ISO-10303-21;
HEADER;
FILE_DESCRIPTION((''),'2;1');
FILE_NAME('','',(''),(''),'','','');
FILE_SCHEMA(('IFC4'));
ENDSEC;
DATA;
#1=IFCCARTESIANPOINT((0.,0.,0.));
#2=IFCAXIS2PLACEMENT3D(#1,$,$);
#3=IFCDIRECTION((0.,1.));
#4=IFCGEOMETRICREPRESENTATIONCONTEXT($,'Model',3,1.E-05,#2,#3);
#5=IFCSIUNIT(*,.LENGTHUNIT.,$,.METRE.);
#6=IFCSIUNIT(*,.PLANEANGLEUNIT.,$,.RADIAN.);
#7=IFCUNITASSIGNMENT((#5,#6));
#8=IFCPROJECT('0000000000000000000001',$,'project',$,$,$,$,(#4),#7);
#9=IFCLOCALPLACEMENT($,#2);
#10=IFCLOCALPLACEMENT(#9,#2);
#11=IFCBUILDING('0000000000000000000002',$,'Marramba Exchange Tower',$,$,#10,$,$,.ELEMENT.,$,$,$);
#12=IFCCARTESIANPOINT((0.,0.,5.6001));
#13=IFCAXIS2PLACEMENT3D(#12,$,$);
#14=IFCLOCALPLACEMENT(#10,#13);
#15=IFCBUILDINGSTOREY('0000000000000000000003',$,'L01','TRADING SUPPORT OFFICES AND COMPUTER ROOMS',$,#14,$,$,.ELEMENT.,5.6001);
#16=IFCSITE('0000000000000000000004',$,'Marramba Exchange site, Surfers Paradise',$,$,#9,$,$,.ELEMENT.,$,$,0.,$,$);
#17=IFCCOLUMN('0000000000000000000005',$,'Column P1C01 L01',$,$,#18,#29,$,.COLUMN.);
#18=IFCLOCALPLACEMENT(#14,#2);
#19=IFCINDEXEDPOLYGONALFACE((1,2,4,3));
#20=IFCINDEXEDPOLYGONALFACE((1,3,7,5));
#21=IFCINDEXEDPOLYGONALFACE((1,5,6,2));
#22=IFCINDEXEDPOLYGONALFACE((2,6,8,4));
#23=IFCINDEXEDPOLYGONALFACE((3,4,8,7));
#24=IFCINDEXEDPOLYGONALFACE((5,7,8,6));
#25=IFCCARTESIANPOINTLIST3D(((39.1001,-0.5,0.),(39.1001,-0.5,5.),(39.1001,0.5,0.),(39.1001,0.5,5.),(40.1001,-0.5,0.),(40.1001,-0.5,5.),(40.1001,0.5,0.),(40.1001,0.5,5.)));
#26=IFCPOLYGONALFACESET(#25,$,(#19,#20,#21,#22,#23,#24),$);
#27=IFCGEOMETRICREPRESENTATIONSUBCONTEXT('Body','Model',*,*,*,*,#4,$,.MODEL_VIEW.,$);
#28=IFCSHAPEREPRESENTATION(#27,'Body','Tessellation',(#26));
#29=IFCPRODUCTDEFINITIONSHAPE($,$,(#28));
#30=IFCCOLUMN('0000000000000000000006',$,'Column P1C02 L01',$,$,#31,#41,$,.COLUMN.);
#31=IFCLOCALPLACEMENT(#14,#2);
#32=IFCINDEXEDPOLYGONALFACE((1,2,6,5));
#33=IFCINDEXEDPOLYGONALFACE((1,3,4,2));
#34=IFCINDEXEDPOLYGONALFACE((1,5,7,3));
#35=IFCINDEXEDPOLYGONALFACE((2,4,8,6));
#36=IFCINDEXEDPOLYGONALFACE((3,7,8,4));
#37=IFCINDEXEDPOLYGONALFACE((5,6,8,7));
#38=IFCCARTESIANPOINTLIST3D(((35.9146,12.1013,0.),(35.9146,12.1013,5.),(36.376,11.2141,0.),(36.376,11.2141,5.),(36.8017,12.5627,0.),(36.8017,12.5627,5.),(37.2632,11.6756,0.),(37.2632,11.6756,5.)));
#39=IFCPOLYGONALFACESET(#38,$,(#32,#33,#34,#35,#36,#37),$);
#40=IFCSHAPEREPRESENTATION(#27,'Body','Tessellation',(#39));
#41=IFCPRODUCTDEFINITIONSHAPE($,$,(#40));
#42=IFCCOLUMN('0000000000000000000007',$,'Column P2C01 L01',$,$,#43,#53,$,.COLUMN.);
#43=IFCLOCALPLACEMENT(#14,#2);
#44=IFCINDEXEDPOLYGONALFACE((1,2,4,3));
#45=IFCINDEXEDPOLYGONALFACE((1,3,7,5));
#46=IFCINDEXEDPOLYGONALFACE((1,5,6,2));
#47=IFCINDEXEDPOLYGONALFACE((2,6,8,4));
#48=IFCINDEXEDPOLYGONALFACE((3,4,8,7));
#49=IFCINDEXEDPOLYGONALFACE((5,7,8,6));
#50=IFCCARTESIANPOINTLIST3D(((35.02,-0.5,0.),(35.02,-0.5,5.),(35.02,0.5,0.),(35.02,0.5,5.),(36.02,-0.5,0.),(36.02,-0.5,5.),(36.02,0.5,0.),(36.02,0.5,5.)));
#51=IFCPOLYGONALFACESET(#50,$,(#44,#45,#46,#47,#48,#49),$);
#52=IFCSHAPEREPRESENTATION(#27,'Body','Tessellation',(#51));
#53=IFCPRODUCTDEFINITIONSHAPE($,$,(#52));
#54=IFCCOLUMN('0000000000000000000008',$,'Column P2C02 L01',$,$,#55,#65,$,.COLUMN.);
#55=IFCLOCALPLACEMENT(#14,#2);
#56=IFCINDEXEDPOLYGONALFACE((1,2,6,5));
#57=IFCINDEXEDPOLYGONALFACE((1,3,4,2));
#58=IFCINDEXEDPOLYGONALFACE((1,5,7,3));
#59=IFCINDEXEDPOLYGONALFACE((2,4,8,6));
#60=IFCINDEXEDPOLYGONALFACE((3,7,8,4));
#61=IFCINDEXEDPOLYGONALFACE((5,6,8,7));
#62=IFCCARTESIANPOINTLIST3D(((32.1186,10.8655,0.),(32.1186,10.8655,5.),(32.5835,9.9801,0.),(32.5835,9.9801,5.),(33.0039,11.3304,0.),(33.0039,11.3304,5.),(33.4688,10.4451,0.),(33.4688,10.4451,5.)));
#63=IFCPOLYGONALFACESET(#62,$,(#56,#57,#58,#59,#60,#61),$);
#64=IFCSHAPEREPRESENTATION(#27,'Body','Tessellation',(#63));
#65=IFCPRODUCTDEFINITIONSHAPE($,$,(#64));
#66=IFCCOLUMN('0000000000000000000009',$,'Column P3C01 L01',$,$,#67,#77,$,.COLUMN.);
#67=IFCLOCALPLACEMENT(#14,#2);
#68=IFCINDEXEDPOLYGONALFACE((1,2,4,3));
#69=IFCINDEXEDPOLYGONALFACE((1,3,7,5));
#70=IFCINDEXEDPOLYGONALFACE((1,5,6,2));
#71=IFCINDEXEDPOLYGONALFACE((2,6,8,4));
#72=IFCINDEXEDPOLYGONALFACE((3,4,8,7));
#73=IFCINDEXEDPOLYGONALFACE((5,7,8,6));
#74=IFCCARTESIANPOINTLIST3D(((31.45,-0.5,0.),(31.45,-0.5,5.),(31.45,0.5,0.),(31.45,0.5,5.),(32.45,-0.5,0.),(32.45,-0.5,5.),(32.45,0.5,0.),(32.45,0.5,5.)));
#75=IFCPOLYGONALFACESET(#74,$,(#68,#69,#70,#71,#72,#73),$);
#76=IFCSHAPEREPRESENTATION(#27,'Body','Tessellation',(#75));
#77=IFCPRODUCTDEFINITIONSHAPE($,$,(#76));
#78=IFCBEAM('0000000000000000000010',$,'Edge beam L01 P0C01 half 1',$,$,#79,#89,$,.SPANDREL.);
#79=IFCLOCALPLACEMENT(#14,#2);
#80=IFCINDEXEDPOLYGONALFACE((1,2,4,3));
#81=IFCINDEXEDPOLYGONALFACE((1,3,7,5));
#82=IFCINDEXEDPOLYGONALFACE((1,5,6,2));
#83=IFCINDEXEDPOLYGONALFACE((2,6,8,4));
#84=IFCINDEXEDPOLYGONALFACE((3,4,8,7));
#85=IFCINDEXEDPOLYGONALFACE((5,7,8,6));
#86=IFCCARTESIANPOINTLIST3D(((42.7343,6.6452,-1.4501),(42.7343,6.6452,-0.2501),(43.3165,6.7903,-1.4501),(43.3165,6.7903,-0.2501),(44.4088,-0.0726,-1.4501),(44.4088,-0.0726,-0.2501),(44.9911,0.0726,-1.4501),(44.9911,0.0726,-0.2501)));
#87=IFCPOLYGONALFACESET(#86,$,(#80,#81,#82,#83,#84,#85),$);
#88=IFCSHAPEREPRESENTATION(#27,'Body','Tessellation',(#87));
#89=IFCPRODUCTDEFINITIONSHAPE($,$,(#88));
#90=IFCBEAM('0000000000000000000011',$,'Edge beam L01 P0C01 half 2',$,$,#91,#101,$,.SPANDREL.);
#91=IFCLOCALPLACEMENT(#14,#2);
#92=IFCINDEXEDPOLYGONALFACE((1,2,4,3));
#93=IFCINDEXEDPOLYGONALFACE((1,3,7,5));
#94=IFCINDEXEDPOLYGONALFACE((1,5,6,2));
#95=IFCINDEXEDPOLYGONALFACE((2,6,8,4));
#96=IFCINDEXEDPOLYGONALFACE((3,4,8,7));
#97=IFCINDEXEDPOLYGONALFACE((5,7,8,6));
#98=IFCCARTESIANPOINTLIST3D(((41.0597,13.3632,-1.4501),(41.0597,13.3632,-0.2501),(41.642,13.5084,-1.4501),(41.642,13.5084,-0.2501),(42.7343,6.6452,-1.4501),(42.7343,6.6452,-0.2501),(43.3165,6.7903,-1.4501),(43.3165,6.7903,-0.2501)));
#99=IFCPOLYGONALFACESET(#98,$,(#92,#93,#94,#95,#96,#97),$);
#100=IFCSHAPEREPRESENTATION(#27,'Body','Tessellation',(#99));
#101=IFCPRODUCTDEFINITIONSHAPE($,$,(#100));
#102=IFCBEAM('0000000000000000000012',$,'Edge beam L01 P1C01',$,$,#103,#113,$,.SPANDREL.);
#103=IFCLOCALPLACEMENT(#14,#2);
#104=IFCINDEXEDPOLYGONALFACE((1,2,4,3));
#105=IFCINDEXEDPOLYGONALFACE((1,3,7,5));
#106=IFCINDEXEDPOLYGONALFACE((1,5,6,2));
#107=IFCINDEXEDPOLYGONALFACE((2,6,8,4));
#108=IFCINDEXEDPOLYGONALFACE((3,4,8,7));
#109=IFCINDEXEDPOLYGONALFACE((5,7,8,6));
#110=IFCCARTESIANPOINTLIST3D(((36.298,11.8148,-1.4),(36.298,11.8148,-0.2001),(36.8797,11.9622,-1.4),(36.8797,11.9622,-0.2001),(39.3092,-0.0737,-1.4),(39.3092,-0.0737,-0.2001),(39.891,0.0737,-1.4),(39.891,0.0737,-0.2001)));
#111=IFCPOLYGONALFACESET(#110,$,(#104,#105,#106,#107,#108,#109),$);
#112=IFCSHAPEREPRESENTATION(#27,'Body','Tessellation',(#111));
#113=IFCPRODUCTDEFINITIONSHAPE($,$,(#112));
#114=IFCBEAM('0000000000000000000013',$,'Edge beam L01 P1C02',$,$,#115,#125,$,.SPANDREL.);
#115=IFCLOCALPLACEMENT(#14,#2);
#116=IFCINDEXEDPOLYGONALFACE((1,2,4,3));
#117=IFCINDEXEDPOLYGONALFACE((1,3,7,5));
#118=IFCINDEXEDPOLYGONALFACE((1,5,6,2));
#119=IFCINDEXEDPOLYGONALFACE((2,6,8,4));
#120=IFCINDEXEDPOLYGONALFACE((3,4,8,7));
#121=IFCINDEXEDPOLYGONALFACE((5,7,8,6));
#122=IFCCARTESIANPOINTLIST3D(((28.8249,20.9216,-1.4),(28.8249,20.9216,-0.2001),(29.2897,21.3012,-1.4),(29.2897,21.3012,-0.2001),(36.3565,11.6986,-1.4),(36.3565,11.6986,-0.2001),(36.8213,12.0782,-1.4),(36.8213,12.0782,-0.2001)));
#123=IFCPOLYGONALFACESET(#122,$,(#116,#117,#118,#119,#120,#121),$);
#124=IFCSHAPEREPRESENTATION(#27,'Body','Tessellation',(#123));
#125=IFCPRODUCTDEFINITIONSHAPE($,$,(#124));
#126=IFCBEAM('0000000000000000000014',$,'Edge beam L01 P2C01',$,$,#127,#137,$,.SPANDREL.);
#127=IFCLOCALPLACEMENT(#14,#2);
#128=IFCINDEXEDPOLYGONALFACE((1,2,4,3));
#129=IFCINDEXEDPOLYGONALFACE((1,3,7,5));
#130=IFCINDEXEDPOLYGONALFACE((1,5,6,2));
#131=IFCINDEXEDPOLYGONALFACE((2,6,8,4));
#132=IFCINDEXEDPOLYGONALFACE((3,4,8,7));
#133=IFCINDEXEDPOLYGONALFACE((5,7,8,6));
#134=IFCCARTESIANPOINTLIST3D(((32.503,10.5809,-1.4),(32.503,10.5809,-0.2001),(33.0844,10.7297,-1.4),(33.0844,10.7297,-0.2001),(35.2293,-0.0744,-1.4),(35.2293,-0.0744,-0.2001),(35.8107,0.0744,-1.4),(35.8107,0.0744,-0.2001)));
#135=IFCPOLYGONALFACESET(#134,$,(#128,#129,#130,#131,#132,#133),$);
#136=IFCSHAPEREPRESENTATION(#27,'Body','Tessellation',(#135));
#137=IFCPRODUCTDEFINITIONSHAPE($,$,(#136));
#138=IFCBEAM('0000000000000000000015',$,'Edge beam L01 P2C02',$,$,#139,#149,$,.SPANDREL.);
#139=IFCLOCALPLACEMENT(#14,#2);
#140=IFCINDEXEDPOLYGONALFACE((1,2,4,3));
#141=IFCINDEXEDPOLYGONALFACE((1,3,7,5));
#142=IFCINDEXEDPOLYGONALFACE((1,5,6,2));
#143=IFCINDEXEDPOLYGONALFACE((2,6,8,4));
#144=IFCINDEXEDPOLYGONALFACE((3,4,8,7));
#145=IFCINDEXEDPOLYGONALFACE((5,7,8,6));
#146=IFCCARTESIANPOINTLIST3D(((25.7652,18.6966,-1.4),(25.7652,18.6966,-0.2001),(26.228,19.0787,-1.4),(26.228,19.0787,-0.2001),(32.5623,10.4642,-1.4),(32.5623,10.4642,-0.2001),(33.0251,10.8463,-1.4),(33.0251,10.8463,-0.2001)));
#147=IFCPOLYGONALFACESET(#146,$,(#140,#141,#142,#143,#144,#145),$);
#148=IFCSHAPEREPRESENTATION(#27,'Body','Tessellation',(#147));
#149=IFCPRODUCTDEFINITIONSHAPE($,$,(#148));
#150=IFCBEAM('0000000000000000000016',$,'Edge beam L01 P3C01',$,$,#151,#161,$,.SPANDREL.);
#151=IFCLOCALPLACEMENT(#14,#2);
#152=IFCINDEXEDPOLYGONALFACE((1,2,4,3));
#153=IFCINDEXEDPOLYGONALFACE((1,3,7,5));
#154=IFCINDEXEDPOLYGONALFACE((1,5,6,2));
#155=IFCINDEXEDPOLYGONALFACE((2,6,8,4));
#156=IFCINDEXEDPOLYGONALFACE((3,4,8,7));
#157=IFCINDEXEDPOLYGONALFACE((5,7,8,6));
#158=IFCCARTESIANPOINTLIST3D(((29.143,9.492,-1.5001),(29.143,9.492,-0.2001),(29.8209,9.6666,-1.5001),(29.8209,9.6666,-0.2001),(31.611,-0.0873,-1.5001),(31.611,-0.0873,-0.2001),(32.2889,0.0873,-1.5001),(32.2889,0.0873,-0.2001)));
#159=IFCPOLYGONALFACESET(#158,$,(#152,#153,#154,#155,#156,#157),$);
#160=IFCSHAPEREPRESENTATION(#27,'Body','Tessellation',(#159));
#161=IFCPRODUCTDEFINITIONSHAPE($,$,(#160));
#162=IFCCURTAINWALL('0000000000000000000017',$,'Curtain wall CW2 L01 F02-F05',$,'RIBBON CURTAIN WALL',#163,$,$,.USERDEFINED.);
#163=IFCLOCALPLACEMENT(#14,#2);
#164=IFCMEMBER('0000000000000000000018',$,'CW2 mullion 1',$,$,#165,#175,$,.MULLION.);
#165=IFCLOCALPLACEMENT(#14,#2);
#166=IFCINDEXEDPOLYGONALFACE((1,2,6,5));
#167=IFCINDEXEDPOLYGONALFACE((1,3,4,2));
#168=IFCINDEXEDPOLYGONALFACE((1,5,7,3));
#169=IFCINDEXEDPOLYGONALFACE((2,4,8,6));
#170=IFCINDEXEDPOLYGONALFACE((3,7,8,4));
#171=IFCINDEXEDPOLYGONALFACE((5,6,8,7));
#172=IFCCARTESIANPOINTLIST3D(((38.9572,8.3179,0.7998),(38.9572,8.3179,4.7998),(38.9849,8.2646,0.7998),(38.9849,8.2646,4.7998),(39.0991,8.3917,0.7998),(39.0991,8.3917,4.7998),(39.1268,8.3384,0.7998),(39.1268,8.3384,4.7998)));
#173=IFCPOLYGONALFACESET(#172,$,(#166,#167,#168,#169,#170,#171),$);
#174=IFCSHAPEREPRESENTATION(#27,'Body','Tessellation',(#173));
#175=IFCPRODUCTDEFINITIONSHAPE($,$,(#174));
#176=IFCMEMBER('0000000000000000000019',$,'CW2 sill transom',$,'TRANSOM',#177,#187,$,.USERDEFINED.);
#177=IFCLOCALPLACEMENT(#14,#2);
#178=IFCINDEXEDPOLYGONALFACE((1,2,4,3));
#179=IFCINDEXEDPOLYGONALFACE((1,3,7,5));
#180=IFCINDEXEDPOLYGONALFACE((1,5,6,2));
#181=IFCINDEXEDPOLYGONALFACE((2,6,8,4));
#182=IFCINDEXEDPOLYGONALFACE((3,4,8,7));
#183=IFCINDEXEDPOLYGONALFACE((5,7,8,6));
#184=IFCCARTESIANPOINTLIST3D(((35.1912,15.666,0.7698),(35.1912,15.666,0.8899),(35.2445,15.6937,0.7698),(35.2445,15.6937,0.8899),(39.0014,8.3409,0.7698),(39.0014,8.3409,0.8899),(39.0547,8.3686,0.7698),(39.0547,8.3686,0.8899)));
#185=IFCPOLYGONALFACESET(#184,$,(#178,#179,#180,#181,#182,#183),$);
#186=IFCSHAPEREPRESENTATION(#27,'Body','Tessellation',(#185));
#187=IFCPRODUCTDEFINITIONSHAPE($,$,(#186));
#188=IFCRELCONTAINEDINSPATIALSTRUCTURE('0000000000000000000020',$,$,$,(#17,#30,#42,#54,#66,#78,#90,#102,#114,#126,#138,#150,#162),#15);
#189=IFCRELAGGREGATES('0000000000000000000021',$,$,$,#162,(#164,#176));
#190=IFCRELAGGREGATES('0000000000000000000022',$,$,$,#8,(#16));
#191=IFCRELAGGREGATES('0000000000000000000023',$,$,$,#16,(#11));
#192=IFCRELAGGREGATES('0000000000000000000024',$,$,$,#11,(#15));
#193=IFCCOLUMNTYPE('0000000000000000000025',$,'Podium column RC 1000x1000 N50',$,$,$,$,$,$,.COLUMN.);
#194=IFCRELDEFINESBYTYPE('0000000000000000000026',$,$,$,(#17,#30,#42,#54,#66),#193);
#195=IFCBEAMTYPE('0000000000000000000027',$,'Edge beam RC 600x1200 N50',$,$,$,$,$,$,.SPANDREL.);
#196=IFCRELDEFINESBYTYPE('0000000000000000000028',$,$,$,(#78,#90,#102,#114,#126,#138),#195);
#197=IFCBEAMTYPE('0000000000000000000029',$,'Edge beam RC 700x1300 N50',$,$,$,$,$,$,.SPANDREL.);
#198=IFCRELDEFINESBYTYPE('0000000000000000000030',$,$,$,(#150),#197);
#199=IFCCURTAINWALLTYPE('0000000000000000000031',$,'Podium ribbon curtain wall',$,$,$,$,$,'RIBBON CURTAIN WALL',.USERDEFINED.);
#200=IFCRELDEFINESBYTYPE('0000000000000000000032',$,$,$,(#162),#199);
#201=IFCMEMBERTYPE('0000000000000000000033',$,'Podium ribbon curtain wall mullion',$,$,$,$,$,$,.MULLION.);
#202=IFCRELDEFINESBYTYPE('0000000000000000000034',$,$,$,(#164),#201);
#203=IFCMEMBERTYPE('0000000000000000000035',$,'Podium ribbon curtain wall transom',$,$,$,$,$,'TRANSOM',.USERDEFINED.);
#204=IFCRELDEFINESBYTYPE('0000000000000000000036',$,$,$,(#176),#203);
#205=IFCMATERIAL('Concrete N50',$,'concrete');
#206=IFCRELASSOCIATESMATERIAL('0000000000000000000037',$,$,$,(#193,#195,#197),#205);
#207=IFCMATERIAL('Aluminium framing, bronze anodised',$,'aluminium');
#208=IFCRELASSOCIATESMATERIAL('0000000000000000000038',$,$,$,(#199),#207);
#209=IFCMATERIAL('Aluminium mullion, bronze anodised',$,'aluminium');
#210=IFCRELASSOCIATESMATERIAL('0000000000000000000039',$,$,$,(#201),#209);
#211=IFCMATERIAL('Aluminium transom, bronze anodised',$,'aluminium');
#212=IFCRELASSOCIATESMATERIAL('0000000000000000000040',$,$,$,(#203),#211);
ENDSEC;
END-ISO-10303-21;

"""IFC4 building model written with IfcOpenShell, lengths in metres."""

from ifc_helpers import new_model, si_unit, direction, frame, origin, origin_2d, place, context, subcontext, project, spatial, rectangle, extrude, material, material_profile, profile_set, type_object, element, aggregate, save


model = new_model("IFC4")

# Units and contexts
model_context = context("Model", 3, precision=1e-05, world=origin(), true_north=direction((0.0, 1.0)))
body_context = subcontext(model_context, "Body", "Model", "MODEL_VIEW")
ifc_project = project(units=[si_unit("LENGTHUNIT", "METRE"), si_unit("PLANEANGLEUNIT", "RADIAN")], contexts=[model_context])

# Site, building, storey
site_placement = place(None, origin())
site = spatial("IfcSite", under=ifc_project, at=site_placement, Name="Marramba Exchange site, Surfers Paradise", CompositionType="ELEMENT", RefElevation=0.0)
building_placement = place(site_placement, origin())
building = spatial("IfcBuilding", under=site, at=building_placement, Name="Marramba Exchange Tower", CompositionType="ELEMENT")
storey_placement = place(building_placement, frame((0.0, 0.0, 5.6001)))
storey = spatial("IfcBuildingStorey", under=building, at=storey_placement, Name="L01", Description="TRADING SUPPORT OFFICES AND COMPUTER ROOMS", CompositionType="ELEMENT", Elevation=5.6001)

# Columns
ifc_material_1 = material(Name="Concrete N50", Category="concrete")
ifc_material_profile_1 = material_profile(ifc_material_1, rectangle(XDim=1.0, YDim=1.0, at=origin_2d()), Name="RC 1000x1000")
ifc_profile_set_1 = profile_set([ifc_material_profile_1], Name="Concrete N50")
column_type = type_object("IfcColumnType", Name="Podium column RC 1000x1000 N50", PredefinedType="COLUMN", material=ifc_profile_set_1)
for number, where, z_axis, x_axis, name in (
    (1, (39.6001, 0.0, 0.0), (0.0, 0.0, 1.0), (1.0, 0.0, 0.0), "Column P1C01 L01"),
    (2, (36.5889, 11.8884, 0.0), (0.0, 0.0, 1.0), (0.887159, 0.461464, 0.0), "Column P1C02 L01"),
    (3, (35.52, 0.0, 0.0), (0.0, 0.0, 1.0), (1.0, 0.0, 0.0), "Column P2C01 L01"),
    (4, (32.7937, 10.6553, 0.0), (0.0, 0.0, 1.0), (0.885353, 0.464919, 0.0), "Column P2C02 L01"),
    (5, (31.95, 0.0, 0.0), (0.0, 0.0, 1.0), (1.0, 0.0, 0.0), "Column P3C01 L01"),
):
    element("IfcColumn", number, at=place(storey_placement, frame(where, z_axis=z_axis, x_axis=x_axis)), inside=storey, type_object=column_type, Name=name, PredefinedType="COLUMN", context=body_context, shape_type="SweptSolid", body=[
        extrude(rectangle(XDim=1.0, YDim=1.0, at=origin_2d()), origin(), (0.0, 0.0, 1.0), 5.0),
    ])

# Beams
ifc_material_profile_2 = material_profile(ifc_material_1, rectangle(XDim=0.6001, YDim=1.2, at=origin_2d()), Name="RC 600x1200")
ifc_profile_set_2 = profile_set([ifc_material_profile_2], Name="Concrete N50")
beam_type_1 = type_object("IfcBeamType", Name="Edge beam RC 600x1200 N50", PredefinedType="SPANDREL", material=ifc_profile_set_2)
beam_1_placement = place(storey_placement, frame((44.7, 0.0, -0.8501), z_axis=(-0.241872, 0.970308, 0.0), x_axis=(-0.970308, -0.241872, 0.0)))
element("IfcBeam", 6, at=beam_1_placement, inside=storey, type_object=beam_type_1, Name="Edge beam L01 P0C01 half 1", PredefinedType="SPANDREL", context=body_context, shape_type="SweptSolid", body=[
    extrude(rectangle(XDim=0.6001, YDim=1.2, at=origin_2d()), origin(), (0.0, 0.0, 1.0), 6.9233),
])
beam_2_placement = place(storey_placement, frame((43.0254, 6.7178, -0.8501), z_axis=(-0.241864, 0.97031, 0.0), x_axis=(-0.97031, -0.241864, 0.0)))
element("IfcBeam", 7, at=beam_2_placement, inside=storey, type_object=beam_type_1, Name="Edge beam L01 P0C01 half 2", PredefinedType="SPANDREL", context=body_context, shape_type="SweptSolid", body=[
    extrude(rectangle(XDim=0.6001, YDim=1.2, at=origin_2d()), origin(), (0.0, 0.0, 1.0), 6.9236),
])
beam_3_placement = place(storey_placement, frame((39.6001, 0.0, -0.8), z_axis=(-0.245537, 0.969387, 0.0), x_axis=(-0.969387, -0.245537, 0.0)))
element("IfcBeam", 8, at=beam_3_placement, inside=storey, type_object=beam_type_1, Name="Edge beam L01 P1C01", PredefinedType="SPANDREL", context=body_context, shape_type="SweptSolid", body=[
    extrude(rectangle(XDim=0.6001, YDim=1.2, at=origin_2d()), origin(), (0.0, 0.0, 1.0), 12.2639),
])
beam_4_placement = place(storey_placement, frame((36.5889, 11.8884, -0.8), z_axis=(-0.632507, 0.774554, 0.0), x_axis=(-0.774554, -0.632507, 0.0)))
element("IfcBeam", 9, at=beam_4_placement, inside=storey, type_object=beam_type_1, Name="Edge beam L01 P1C02", PredefinedType="SPANDREL", context=body_context, shape_type="SweptSolid", body=[
    extrude(rectangle(XDim=0.6001, YDim=1.2, at=origin_2d()), origin(), (0.0, 0.0, 1.0), 11.9075),
])
beam_5_placement = place(storey_placement, frame((35.52, 0.0, -0.8), z_axis=(-0.24788, 0.968791, 0.0), x_axis=(-0.968791, -0.24788, 0.0)))
element("IfcBeam", 10, at=beam_5_placement, inside=storey, type_object=beam_type_1, Name="Edge beam L01 P2C01", PredefinedType="SPANDREL", context=body_context, shape_type="SweptSolid", body=[
    extrude(rectangle(XDim=0.6001, YDim=1.2, at=origin_2d()), origin(), (0.0, 0.0, 1.0), 10.9985),
])
beam_6_placement = place(storey_placement, frame((32.7937, 10.6553, -0.8), z_axis=(-0.636682, 0.771126, 0.0), x_axis=(-0.771126, -0.636682, 0.0)))
element("IfcBeam", 11, at=beam_6_placement, inside=storey, type_object=beam_type_1, Name="Edge beam L01 P2C02", PredefinedType="SPANDREL", context=body_context, shape_type="SweptSolid", body=[
    extrude(rectangle(XDim=0.6001, YDim=1.2, at=origin_2d()), origin(), (0.0, 0.0, 1.0), 10.6758),
])
ifc_material_profile_3 = material_profile(ifc_material_1, rectangle(XDim=0.7, YDim=1.3, at=origin_2d()), Name="RC 700x1300")
ifc_profile_set_3 = profile_set([ifc_material_profile_3], Name="Concrete N50")
beam_type_2 = type_object("IfcBeamType", Name="Edge beam RC 700x1300 N50", PredefinedType="SPANDREL", material=ifc_profile_set_3)
beam_7_placement = place(storey_placement, frame((31.95, 0.0, -0.8501), z_axis=(-0.249492, 0.968377, 0.0), x_axis=(-0.968377, -0.249492, 0.0)))
element("IfcBeam", 12, at=beam_7_placement, inside=storey, type_object=beam_type_2, Name="Edge beam L01 P3C01", PredefinedType="SPANDREL", context=body_context, shape_type="SweptSolid", body=[
    extrude(rectangle(XDim=0.7, YDim=1.3, at=origin_2d()), origin(), (0.0, 0.0, 1.0), 9.8921),
])

# Curtain wall, members
ifc_material_2 = material(Name="Aluminium framing, bronze anodised", Category="aluminium")
curtain_wall_type = type_object("IfcCurtainWallType", Name="Podium ribbon curtain wall", ElementType="RIBBON CURTAIN WALL", PredefinedType="USERDEFINED", material=ifc_material_2)
curtain_wall_placement = place(storey_placement, origin())
curtain_wall = element("IfcCurtainWall", 13, at=curtain_wall_placement, inside=storey, type_object=curtain_wall_type, Name="Curtain wall CW2 L01 F02-F05", ObjectType="RIBBON CURTAIN WALL", PredefinedType="USERDEFINED")
ifc_material_3 = material(Name="Aluminium mullion, bronze anodised", Category="aluminium")
ifc_material_profile_4 = material_profile(ifc_material_3, rectangle(XDim=0.1599, YDim=0.0601, at=origin_2d()), Name="CW2 mullion 60x160")
ifc_profile_set_4 = profile_set([ifc_material_profile_4], Name="Aluminium mullion, bronze anodised")
member_type_1 = type_object("IfcMemberType", Name="Podium ribbon curtain wall mullion", PredefinedType="MULLION", material=ifc_profile_set_4)
member_1_placement = place(storey_placement, frame((39.042, 8.3281, 0.7998), z_axis=(0.0, 0.0, 1.0), x_axis=(-0.887159, -0.461464, 0.0)))
member_1 = element("IfcMember", 14, at=member_1_placement, type_object=member_type_1, Name="CW2 mullion 1", PredefinedType="MULLION", context=body_context, shape_type="SweptSolid", body=[
    extrude(rectangle(XDim=0.1599, YDim=0.0601, at=origin_2d()), origin(), (0.0, 0.0, 1.0), 4.0),
])
ifc_material_4 = material(Name="Aluminium transom, bronze anodised", Category="aluminium")
ifc_material_profile_5 = material_profile(ifc_material_4, rectangle(XDim=0.0601, YDim=0.1201, at=origin_2d()), Name="CW2 transom 60x120")
ifc_profile_set_5 = profile_set([ifc_material_profile_5], Name="Aluminium transom, bronze anodised")
member_type_2 = type_object("IfcMemberType", Name="Podium ribbon curtain wall transom", ElementType="TRANSOM", PredefinedType="USERDEFINED", material=ifc_profile_set_5)
member_2_placement = place(storey_placement, frame((39.0281, 8.3547, 0.8298), z_axis=(-0.461467, 0.887157, 0.0), x_axis=(-0.887157, -0.461467, 0.0)))
member_2 = element("IfcMember", 15, at=member_2_placement, type_object=member_type_2, Name="CW2 sill transom", ObjectType="TRANSOM", PredefinedType="USERDEFINED", context=body_context, shape_type="SweptSolid", body=[
    extrude(rectangle(XDim=0.0601, YDim=0.1201, at=origin_2d()), origin(), (0.0, 0.0, 1.0), 8.2568),
])

aggregate(curtain_wall, [member_1, member_2])

save(model, "model.ifc")
